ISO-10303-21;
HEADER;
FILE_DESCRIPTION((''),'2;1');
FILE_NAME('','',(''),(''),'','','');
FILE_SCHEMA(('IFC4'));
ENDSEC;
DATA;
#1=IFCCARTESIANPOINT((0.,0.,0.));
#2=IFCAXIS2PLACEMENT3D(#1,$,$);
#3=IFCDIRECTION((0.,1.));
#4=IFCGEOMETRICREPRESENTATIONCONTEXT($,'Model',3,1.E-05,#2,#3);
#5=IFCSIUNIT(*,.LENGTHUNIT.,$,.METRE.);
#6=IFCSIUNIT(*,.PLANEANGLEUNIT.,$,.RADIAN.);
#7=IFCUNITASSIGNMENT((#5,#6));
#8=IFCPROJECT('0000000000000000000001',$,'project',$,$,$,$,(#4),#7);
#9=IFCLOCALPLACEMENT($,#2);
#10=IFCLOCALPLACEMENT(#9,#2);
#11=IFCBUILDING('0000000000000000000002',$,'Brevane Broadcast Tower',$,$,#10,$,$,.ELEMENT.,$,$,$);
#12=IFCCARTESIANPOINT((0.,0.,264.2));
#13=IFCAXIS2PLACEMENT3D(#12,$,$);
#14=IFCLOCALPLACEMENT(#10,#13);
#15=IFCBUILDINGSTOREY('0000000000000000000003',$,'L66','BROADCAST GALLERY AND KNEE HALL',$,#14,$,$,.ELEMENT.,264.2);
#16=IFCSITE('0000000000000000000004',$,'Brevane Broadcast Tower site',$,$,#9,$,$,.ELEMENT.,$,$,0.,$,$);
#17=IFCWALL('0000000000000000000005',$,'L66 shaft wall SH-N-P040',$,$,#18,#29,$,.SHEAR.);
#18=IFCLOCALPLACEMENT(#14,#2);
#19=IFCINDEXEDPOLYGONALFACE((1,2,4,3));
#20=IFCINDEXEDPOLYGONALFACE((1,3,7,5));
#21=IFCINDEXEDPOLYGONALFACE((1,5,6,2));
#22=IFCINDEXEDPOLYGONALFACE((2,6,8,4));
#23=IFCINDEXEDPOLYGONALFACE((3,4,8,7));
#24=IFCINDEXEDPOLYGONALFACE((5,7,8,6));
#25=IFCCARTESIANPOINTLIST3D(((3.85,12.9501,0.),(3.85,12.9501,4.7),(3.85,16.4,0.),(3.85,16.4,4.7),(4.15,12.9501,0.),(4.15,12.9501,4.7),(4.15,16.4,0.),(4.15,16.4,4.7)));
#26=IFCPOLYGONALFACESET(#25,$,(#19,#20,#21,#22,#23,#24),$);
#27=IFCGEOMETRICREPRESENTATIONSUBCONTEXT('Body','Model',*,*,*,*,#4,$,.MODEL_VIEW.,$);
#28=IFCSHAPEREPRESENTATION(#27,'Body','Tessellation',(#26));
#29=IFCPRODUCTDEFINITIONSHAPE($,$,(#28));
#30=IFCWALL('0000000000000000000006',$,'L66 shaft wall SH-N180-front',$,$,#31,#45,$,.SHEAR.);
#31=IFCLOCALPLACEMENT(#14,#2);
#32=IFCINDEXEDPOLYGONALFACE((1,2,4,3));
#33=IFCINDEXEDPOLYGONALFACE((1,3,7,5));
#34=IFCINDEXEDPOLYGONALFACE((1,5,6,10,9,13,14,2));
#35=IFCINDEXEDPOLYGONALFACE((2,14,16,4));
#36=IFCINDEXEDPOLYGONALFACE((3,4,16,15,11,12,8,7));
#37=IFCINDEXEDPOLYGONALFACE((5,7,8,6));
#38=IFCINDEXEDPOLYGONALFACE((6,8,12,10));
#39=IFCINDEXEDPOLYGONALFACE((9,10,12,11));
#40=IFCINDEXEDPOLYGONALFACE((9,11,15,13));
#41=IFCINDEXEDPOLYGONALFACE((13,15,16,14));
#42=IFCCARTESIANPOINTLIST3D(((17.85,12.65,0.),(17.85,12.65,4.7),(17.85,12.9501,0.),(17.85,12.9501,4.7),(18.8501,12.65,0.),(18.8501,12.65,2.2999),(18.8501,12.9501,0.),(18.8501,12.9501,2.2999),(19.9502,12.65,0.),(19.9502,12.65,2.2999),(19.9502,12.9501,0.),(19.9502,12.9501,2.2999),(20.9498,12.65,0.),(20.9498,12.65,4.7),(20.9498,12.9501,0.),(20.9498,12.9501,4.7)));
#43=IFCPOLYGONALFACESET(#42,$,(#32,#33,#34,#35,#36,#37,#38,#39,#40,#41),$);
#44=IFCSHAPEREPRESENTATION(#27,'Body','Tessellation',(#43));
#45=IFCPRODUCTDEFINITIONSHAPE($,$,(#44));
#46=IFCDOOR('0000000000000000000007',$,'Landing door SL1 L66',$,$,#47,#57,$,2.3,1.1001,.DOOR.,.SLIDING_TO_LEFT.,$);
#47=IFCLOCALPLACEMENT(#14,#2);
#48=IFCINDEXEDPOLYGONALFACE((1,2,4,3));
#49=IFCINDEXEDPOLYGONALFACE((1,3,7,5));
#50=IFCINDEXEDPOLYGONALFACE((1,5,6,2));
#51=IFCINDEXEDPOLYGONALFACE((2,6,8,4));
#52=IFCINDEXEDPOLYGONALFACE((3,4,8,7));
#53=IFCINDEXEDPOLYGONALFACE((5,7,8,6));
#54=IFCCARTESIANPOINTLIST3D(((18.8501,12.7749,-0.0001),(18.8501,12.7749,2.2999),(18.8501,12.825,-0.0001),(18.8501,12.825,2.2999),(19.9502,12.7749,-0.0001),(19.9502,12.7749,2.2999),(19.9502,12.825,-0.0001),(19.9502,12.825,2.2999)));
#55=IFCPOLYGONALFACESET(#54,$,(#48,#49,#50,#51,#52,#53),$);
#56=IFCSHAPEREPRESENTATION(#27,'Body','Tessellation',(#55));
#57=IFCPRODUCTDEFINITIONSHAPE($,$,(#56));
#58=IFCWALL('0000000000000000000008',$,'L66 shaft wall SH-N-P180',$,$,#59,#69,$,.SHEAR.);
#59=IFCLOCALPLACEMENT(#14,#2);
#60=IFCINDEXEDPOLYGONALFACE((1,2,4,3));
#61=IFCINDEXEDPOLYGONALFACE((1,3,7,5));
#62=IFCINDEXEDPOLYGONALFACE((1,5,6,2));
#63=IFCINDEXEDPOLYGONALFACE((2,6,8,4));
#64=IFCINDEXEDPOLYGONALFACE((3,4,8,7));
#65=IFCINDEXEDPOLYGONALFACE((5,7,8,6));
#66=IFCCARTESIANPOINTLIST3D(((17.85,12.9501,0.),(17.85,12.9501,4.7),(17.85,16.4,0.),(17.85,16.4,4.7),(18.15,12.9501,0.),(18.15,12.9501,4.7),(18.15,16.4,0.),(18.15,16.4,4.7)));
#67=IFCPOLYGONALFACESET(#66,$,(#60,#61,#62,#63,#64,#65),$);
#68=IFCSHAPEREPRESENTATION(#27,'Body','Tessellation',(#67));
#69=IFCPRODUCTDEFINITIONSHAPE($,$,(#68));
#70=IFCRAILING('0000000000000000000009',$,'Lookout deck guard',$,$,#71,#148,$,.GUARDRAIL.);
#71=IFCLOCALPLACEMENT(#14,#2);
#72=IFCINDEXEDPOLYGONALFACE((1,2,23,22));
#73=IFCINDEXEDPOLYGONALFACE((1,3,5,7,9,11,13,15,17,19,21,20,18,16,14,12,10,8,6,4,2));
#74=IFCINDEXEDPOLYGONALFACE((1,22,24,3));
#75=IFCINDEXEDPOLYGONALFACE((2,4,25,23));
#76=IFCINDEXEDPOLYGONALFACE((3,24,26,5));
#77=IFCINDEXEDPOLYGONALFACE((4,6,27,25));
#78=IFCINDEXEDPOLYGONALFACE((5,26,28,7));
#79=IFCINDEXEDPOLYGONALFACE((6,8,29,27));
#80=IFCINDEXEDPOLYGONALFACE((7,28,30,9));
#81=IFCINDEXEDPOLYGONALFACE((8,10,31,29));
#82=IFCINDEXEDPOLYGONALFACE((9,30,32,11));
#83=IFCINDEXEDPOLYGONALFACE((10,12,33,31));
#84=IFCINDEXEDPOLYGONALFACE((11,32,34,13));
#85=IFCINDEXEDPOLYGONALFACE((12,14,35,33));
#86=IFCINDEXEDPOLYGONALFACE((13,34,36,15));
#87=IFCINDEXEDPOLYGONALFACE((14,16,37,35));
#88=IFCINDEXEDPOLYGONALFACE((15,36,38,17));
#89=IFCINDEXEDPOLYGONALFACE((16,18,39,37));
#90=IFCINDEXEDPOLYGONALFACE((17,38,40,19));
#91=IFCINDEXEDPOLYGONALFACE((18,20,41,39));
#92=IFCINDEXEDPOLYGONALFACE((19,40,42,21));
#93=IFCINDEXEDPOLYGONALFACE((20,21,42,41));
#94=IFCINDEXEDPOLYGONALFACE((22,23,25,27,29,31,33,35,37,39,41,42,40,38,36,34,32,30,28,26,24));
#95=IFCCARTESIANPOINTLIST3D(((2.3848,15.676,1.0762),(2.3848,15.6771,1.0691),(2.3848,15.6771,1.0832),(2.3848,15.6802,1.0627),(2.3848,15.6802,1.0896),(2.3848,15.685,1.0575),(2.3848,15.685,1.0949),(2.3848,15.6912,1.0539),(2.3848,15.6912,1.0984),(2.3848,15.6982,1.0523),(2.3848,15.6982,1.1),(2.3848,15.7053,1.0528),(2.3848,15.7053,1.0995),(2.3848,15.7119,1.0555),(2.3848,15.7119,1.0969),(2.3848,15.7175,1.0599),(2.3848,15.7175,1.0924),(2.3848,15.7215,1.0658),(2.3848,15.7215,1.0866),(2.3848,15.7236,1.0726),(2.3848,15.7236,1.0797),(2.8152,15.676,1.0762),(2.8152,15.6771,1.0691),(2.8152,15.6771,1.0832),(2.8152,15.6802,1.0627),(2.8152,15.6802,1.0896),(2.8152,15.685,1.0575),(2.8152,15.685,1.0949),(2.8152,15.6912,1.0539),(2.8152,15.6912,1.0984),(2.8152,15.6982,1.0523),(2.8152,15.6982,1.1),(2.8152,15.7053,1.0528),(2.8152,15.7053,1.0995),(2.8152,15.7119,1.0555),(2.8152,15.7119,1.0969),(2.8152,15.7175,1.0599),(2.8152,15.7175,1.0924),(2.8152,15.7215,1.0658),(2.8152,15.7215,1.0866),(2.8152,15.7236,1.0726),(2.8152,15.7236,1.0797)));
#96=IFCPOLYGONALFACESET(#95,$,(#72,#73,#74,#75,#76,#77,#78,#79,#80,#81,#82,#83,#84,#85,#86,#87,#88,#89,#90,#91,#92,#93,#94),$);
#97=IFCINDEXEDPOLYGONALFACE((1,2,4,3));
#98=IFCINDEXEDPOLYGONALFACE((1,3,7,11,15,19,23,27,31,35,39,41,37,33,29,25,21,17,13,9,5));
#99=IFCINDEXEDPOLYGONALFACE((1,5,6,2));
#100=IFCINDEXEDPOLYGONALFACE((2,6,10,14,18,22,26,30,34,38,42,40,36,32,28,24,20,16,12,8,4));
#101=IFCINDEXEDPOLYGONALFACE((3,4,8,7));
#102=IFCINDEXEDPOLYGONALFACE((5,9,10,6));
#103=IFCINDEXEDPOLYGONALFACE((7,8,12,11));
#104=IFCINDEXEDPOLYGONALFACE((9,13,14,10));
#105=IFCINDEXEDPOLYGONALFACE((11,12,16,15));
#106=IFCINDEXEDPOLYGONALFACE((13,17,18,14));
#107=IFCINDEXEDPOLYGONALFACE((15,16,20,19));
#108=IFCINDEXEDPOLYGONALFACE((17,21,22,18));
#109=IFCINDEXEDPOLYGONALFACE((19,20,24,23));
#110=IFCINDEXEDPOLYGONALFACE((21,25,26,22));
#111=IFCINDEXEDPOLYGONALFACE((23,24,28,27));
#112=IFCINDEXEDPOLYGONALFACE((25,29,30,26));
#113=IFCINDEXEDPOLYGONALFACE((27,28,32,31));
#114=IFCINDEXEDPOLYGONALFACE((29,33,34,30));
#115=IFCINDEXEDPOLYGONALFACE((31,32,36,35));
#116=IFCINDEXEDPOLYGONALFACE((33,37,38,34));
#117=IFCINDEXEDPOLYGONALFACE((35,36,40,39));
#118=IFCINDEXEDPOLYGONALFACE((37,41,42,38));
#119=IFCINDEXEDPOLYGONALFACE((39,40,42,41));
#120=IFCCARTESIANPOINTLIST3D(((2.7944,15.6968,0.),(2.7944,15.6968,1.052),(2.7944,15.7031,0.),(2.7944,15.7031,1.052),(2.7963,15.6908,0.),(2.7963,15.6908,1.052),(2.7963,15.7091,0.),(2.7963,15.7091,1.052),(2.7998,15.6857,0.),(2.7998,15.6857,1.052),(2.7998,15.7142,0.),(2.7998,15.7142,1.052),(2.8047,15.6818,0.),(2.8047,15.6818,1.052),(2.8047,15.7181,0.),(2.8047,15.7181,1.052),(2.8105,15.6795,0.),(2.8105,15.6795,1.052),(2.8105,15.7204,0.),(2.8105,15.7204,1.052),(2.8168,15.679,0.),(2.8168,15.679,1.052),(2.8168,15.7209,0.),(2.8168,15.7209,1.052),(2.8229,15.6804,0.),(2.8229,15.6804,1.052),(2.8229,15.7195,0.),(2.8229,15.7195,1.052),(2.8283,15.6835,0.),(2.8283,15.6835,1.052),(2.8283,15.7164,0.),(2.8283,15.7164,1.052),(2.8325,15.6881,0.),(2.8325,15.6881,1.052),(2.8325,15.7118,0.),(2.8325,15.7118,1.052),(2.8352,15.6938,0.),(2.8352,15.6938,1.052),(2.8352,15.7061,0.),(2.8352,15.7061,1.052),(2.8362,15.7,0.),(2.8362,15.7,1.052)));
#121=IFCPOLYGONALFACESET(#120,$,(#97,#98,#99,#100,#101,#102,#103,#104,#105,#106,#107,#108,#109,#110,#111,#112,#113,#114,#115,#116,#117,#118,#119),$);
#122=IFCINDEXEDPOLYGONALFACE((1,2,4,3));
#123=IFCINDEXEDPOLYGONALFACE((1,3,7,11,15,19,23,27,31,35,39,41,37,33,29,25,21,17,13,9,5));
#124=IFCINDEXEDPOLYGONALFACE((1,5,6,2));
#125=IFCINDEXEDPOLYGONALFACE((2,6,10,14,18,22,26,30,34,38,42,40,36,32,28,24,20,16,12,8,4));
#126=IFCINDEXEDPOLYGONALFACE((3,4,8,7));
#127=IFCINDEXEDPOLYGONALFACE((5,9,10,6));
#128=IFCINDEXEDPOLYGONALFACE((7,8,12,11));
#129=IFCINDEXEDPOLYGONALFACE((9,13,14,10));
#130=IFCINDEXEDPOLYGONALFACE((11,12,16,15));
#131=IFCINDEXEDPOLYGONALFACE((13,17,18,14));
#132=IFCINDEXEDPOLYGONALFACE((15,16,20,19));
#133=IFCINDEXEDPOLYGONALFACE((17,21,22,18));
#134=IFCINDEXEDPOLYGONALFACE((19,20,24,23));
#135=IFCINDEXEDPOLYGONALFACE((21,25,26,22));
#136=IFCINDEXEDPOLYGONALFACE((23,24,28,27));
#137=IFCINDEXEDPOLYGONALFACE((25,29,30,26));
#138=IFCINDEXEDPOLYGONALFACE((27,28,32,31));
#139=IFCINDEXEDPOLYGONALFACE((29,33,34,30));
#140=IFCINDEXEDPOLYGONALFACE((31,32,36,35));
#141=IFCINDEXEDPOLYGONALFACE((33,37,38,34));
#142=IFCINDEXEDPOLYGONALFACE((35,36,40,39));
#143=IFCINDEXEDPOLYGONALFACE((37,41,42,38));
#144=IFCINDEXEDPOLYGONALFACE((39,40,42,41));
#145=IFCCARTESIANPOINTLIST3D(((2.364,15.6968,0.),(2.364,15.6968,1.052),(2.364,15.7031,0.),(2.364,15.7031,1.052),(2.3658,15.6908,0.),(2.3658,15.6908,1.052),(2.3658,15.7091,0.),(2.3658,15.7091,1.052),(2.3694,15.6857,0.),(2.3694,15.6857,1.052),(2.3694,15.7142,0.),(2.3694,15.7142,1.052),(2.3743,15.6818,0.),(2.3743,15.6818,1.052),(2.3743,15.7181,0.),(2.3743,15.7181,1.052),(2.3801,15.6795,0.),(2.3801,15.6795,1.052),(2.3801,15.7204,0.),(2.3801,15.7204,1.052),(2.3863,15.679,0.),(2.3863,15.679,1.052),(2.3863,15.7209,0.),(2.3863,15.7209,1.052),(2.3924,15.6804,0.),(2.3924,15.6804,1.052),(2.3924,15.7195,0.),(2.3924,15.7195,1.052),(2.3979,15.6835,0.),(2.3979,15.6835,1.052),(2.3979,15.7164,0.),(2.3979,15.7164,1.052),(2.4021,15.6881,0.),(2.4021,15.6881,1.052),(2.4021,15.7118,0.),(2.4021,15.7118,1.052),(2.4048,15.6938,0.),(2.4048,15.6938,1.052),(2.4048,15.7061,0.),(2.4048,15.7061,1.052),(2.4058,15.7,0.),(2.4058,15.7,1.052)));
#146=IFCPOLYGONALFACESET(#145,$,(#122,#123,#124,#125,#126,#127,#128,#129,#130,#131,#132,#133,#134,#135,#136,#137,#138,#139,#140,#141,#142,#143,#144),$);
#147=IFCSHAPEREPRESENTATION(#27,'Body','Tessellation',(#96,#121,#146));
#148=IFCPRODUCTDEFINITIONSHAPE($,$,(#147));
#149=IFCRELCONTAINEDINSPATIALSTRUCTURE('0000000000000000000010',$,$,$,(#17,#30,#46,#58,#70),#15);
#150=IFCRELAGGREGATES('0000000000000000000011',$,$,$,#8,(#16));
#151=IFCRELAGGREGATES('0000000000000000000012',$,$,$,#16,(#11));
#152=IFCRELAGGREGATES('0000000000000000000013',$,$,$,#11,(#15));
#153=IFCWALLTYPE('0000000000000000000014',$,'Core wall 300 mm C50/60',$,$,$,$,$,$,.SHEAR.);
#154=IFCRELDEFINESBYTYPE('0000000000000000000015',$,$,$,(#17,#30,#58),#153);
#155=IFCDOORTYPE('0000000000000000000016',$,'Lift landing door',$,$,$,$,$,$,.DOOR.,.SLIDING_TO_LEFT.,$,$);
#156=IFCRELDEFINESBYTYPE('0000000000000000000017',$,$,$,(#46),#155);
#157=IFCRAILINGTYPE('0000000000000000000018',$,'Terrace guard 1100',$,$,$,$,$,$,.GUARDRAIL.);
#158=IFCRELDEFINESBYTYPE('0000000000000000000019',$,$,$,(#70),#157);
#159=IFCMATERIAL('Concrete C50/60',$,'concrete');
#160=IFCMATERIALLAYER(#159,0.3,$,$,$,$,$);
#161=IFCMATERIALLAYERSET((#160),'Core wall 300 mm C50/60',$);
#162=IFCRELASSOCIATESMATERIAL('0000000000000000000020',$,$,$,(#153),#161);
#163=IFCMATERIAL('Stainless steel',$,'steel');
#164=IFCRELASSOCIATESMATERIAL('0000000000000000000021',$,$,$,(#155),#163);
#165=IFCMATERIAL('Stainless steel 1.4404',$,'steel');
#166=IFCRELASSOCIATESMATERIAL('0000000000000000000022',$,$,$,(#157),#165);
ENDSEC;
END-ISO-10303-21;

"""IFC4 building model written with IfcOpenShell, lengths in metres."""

from ifc_helpers import new_model, si_unit, direction, frame, frame_2d, origin, origin_2d, place, context, subcontext, project, spatial, rectangle, circle, extrude, material, layer, layer_set, type_object, element, fill, save


model = new_model("IFC4")

# Units and contexts
model_context = context("Model", 3, precision=1e-05, world=origin(), true_north=direction((0.0, 1.0)))
body_context = subcontext(model_context, "Body", "Model", "MODEL_VIEW")
ifc_project = project(units=[si_unit("LENGTHUNIT", "METRE"), si_unit("PLANEANGLEUNIT", "RADIAN")], contexts=[model_context])

# Site, building, storey
site_placement = place(None, origin())
site = spatial("IfcSite", under=ifc_project, at=site_placement, Name="Brevane Broadcast Tower site", CompositionType="ELEMENT", RefElevation=0.0)
building_placement = place(site_placement, origin())
building = spatial("IfcBuilding", under=site, at=building_placement, Name="Brevane Broadcast Tower", CompositionType="ELEMENT")
storey_placement = place(building_placement, frame((0.0, 0.0, 264.2)))
storey = spatial("IfcBuildingStorey", under=building, at=storey_placement, Name="L66", Description="BROADCAST GALLERY AND KNEE HALL", CompositionType="ELEMENT", Elevation=264.2)

# Wall
ifc_material_1 = material(Name="Concrete C50/60", Category="concrete")
ifc_layer_1 = layer(ifc_material_1, 0.3)
ifc_layer_set_1 = layer_set([ifc_layer_1], Name="Core wall 300 mm C50/60")
wall_type_1 = type_object("IfcWallType", Name="Core wall 300 mm C50/60", PredefinedType="SHEAR", material=ifc_layer_set_1)
wall_1_placement = place(storey_placement, frame((4.0, 12.95, 0.0), z_axis=(0.0, 0.0, 1.0), x_axis=(0.0, 1.0, 0.0)))
element("IfcWall", 1, at=wall_1_placement, inside=storey, type_object=wall_type_1, Name="L66 shaft wall SH-N-P040", PredefinedType="SHEAR", context=body_context, shape_type="SweptSolid", body=[
    extrude(rectangle(XDim=3.45, YDim=0.3, at=frame_2d((1.7251, 0.0))), origin(), (0.0, 0.0, 1.0), 4.7),
])

# Wall, opening, door
wall_2_placement = place(storey_placement, frame((17.8501, 12.8, 0.0), z_axis=(0.0, 0.0, 1.0), x_axis=(1.0, 0.0, 0.0)))
wall_2 = element("IfcWall", 2, at=wall_2_placement, inside=storey, type_object=wall_type_1, Name="L66 shaft wall SH-N180-front", PredefinedType="SHEAR", context=body_context, shape_type="SweptSolid", body=[
    extrude(rectangle(XDim=3.0999, YDim=0.3, at=frame_2d((1.5498, 0.0))), origin(), (0.0, 0.0, 1.0), 4.7),
])
opening_1_placement = place(wall_2_placement, frame((1.0, 0.0, 0.0)))
opening_1 = element("IfcOpeningElement", 3, at=opening_1_placement, cuts=wall_2, PredefinedType="OPENING", context=body_context, shape_type="SweptSolid", body=[
    extrude(rectangle(XDim=1.1001, YDim=2.3, at=frame_2d((0.55, 1.1499))), frame((0.0, 0.1599, 0.0), z_axis=(0.0, -1.0, 0.0), x_axis=(1.0, 0.0, 0.0)), (0.0, 0.0, 1.0), 0.3201),
])
ifc_material_2 = material(Name="Stainless steel", Category="steel")
door_type_1 = type_object("IfcDoorType", Name="Lift landing door", OperationType="SLIDING_TO_LEFT", PredefinedType="DOOR", material=ifc_material_2)
door_1_placement = place(opening_1_placement, origin())
door_1 = element("IfcDoor", 4, at=door_1_placement, inside=storey, type_object=door_type_1, Name="Landing door SL1 L66", OperationType="SLIDING_TO_LEFT", OverallHeight=2.3, OverallWidth=1.1001, PredefinedType="DOOR", context=body_context, shape_type="SweptSolid", body=[
    extrude(rectangle(XDim=1.1001, YDim=2.3, at=frame_2d((0.55, 1.1499))), frame((0.0, 0.0249, 0.0), z_axis=(0.0, -1.0, 0.0), x_axis=(1.0, 0.0, 0.0)), (0.0, 0.0, 1.0), 0.05),
])
fill(opening_1, door_1)

# Wall
wall_3_placement = place(storey_placement, frame((18.0, 12.95, 0.0), z_axis=(0.0, 0.0, 1.0), x_axis=(0.0, 1.0, 0.0)))
element("IfcWall", 5, at=wall_3_placement, inside=storey, type_object=wall_type_1, Name="L66 shaft wall SH-N-P180", PredefinedType="SHEAR", context=body_context, shape_type="SweptSolid", body=[
    extrude(rectangle(XDim=3.45, YDim=0.3, at=frame_2d((1.7251, 0.0))), origin(), (0.0, 0.0, 1.0), 4.7),
])

# Railing
ifc_material_3 = material(Name="Stainless steel 1.4404", Category="steel")
railing_type = type_object("IfcRailingType", Name="Terrace guard 1100", PredefinedType="GUARDRAIL", material=ifc_material_3)
railing_placement = place(storey_placement, frame((2.8152, 15.7, 0.0)))
element("IfcRailing", 6, at=railing_placement, inside=storey, type_object=railing_type, Name="Lookout deck guard", PredefinedType="GUARDRAIL", context=body_context, shape_type="SweptSolid", body=[
    extrude(circle(Radius=0.0239, at=origin_2d()), frame((0.0, 0.0, 1.0762), z_axis=(-1.0, 0.0, 0.0), x_axis=(0.0, -1.0, 0.0)), (0.0, 0.0, 1.0), 0.4304),
    extrude(circle(Radius=0.021, at=origin_2d()), origin(), (0.0, 0.0, 1.0), 1.052),
    extrude(circle(Radius=0.021, at=origin_2d()), frame((-0.4304, 0.0, 0.0)), (0.0, 0.0, 1.0), 1.052),
])

save(model, "model.ifc")
